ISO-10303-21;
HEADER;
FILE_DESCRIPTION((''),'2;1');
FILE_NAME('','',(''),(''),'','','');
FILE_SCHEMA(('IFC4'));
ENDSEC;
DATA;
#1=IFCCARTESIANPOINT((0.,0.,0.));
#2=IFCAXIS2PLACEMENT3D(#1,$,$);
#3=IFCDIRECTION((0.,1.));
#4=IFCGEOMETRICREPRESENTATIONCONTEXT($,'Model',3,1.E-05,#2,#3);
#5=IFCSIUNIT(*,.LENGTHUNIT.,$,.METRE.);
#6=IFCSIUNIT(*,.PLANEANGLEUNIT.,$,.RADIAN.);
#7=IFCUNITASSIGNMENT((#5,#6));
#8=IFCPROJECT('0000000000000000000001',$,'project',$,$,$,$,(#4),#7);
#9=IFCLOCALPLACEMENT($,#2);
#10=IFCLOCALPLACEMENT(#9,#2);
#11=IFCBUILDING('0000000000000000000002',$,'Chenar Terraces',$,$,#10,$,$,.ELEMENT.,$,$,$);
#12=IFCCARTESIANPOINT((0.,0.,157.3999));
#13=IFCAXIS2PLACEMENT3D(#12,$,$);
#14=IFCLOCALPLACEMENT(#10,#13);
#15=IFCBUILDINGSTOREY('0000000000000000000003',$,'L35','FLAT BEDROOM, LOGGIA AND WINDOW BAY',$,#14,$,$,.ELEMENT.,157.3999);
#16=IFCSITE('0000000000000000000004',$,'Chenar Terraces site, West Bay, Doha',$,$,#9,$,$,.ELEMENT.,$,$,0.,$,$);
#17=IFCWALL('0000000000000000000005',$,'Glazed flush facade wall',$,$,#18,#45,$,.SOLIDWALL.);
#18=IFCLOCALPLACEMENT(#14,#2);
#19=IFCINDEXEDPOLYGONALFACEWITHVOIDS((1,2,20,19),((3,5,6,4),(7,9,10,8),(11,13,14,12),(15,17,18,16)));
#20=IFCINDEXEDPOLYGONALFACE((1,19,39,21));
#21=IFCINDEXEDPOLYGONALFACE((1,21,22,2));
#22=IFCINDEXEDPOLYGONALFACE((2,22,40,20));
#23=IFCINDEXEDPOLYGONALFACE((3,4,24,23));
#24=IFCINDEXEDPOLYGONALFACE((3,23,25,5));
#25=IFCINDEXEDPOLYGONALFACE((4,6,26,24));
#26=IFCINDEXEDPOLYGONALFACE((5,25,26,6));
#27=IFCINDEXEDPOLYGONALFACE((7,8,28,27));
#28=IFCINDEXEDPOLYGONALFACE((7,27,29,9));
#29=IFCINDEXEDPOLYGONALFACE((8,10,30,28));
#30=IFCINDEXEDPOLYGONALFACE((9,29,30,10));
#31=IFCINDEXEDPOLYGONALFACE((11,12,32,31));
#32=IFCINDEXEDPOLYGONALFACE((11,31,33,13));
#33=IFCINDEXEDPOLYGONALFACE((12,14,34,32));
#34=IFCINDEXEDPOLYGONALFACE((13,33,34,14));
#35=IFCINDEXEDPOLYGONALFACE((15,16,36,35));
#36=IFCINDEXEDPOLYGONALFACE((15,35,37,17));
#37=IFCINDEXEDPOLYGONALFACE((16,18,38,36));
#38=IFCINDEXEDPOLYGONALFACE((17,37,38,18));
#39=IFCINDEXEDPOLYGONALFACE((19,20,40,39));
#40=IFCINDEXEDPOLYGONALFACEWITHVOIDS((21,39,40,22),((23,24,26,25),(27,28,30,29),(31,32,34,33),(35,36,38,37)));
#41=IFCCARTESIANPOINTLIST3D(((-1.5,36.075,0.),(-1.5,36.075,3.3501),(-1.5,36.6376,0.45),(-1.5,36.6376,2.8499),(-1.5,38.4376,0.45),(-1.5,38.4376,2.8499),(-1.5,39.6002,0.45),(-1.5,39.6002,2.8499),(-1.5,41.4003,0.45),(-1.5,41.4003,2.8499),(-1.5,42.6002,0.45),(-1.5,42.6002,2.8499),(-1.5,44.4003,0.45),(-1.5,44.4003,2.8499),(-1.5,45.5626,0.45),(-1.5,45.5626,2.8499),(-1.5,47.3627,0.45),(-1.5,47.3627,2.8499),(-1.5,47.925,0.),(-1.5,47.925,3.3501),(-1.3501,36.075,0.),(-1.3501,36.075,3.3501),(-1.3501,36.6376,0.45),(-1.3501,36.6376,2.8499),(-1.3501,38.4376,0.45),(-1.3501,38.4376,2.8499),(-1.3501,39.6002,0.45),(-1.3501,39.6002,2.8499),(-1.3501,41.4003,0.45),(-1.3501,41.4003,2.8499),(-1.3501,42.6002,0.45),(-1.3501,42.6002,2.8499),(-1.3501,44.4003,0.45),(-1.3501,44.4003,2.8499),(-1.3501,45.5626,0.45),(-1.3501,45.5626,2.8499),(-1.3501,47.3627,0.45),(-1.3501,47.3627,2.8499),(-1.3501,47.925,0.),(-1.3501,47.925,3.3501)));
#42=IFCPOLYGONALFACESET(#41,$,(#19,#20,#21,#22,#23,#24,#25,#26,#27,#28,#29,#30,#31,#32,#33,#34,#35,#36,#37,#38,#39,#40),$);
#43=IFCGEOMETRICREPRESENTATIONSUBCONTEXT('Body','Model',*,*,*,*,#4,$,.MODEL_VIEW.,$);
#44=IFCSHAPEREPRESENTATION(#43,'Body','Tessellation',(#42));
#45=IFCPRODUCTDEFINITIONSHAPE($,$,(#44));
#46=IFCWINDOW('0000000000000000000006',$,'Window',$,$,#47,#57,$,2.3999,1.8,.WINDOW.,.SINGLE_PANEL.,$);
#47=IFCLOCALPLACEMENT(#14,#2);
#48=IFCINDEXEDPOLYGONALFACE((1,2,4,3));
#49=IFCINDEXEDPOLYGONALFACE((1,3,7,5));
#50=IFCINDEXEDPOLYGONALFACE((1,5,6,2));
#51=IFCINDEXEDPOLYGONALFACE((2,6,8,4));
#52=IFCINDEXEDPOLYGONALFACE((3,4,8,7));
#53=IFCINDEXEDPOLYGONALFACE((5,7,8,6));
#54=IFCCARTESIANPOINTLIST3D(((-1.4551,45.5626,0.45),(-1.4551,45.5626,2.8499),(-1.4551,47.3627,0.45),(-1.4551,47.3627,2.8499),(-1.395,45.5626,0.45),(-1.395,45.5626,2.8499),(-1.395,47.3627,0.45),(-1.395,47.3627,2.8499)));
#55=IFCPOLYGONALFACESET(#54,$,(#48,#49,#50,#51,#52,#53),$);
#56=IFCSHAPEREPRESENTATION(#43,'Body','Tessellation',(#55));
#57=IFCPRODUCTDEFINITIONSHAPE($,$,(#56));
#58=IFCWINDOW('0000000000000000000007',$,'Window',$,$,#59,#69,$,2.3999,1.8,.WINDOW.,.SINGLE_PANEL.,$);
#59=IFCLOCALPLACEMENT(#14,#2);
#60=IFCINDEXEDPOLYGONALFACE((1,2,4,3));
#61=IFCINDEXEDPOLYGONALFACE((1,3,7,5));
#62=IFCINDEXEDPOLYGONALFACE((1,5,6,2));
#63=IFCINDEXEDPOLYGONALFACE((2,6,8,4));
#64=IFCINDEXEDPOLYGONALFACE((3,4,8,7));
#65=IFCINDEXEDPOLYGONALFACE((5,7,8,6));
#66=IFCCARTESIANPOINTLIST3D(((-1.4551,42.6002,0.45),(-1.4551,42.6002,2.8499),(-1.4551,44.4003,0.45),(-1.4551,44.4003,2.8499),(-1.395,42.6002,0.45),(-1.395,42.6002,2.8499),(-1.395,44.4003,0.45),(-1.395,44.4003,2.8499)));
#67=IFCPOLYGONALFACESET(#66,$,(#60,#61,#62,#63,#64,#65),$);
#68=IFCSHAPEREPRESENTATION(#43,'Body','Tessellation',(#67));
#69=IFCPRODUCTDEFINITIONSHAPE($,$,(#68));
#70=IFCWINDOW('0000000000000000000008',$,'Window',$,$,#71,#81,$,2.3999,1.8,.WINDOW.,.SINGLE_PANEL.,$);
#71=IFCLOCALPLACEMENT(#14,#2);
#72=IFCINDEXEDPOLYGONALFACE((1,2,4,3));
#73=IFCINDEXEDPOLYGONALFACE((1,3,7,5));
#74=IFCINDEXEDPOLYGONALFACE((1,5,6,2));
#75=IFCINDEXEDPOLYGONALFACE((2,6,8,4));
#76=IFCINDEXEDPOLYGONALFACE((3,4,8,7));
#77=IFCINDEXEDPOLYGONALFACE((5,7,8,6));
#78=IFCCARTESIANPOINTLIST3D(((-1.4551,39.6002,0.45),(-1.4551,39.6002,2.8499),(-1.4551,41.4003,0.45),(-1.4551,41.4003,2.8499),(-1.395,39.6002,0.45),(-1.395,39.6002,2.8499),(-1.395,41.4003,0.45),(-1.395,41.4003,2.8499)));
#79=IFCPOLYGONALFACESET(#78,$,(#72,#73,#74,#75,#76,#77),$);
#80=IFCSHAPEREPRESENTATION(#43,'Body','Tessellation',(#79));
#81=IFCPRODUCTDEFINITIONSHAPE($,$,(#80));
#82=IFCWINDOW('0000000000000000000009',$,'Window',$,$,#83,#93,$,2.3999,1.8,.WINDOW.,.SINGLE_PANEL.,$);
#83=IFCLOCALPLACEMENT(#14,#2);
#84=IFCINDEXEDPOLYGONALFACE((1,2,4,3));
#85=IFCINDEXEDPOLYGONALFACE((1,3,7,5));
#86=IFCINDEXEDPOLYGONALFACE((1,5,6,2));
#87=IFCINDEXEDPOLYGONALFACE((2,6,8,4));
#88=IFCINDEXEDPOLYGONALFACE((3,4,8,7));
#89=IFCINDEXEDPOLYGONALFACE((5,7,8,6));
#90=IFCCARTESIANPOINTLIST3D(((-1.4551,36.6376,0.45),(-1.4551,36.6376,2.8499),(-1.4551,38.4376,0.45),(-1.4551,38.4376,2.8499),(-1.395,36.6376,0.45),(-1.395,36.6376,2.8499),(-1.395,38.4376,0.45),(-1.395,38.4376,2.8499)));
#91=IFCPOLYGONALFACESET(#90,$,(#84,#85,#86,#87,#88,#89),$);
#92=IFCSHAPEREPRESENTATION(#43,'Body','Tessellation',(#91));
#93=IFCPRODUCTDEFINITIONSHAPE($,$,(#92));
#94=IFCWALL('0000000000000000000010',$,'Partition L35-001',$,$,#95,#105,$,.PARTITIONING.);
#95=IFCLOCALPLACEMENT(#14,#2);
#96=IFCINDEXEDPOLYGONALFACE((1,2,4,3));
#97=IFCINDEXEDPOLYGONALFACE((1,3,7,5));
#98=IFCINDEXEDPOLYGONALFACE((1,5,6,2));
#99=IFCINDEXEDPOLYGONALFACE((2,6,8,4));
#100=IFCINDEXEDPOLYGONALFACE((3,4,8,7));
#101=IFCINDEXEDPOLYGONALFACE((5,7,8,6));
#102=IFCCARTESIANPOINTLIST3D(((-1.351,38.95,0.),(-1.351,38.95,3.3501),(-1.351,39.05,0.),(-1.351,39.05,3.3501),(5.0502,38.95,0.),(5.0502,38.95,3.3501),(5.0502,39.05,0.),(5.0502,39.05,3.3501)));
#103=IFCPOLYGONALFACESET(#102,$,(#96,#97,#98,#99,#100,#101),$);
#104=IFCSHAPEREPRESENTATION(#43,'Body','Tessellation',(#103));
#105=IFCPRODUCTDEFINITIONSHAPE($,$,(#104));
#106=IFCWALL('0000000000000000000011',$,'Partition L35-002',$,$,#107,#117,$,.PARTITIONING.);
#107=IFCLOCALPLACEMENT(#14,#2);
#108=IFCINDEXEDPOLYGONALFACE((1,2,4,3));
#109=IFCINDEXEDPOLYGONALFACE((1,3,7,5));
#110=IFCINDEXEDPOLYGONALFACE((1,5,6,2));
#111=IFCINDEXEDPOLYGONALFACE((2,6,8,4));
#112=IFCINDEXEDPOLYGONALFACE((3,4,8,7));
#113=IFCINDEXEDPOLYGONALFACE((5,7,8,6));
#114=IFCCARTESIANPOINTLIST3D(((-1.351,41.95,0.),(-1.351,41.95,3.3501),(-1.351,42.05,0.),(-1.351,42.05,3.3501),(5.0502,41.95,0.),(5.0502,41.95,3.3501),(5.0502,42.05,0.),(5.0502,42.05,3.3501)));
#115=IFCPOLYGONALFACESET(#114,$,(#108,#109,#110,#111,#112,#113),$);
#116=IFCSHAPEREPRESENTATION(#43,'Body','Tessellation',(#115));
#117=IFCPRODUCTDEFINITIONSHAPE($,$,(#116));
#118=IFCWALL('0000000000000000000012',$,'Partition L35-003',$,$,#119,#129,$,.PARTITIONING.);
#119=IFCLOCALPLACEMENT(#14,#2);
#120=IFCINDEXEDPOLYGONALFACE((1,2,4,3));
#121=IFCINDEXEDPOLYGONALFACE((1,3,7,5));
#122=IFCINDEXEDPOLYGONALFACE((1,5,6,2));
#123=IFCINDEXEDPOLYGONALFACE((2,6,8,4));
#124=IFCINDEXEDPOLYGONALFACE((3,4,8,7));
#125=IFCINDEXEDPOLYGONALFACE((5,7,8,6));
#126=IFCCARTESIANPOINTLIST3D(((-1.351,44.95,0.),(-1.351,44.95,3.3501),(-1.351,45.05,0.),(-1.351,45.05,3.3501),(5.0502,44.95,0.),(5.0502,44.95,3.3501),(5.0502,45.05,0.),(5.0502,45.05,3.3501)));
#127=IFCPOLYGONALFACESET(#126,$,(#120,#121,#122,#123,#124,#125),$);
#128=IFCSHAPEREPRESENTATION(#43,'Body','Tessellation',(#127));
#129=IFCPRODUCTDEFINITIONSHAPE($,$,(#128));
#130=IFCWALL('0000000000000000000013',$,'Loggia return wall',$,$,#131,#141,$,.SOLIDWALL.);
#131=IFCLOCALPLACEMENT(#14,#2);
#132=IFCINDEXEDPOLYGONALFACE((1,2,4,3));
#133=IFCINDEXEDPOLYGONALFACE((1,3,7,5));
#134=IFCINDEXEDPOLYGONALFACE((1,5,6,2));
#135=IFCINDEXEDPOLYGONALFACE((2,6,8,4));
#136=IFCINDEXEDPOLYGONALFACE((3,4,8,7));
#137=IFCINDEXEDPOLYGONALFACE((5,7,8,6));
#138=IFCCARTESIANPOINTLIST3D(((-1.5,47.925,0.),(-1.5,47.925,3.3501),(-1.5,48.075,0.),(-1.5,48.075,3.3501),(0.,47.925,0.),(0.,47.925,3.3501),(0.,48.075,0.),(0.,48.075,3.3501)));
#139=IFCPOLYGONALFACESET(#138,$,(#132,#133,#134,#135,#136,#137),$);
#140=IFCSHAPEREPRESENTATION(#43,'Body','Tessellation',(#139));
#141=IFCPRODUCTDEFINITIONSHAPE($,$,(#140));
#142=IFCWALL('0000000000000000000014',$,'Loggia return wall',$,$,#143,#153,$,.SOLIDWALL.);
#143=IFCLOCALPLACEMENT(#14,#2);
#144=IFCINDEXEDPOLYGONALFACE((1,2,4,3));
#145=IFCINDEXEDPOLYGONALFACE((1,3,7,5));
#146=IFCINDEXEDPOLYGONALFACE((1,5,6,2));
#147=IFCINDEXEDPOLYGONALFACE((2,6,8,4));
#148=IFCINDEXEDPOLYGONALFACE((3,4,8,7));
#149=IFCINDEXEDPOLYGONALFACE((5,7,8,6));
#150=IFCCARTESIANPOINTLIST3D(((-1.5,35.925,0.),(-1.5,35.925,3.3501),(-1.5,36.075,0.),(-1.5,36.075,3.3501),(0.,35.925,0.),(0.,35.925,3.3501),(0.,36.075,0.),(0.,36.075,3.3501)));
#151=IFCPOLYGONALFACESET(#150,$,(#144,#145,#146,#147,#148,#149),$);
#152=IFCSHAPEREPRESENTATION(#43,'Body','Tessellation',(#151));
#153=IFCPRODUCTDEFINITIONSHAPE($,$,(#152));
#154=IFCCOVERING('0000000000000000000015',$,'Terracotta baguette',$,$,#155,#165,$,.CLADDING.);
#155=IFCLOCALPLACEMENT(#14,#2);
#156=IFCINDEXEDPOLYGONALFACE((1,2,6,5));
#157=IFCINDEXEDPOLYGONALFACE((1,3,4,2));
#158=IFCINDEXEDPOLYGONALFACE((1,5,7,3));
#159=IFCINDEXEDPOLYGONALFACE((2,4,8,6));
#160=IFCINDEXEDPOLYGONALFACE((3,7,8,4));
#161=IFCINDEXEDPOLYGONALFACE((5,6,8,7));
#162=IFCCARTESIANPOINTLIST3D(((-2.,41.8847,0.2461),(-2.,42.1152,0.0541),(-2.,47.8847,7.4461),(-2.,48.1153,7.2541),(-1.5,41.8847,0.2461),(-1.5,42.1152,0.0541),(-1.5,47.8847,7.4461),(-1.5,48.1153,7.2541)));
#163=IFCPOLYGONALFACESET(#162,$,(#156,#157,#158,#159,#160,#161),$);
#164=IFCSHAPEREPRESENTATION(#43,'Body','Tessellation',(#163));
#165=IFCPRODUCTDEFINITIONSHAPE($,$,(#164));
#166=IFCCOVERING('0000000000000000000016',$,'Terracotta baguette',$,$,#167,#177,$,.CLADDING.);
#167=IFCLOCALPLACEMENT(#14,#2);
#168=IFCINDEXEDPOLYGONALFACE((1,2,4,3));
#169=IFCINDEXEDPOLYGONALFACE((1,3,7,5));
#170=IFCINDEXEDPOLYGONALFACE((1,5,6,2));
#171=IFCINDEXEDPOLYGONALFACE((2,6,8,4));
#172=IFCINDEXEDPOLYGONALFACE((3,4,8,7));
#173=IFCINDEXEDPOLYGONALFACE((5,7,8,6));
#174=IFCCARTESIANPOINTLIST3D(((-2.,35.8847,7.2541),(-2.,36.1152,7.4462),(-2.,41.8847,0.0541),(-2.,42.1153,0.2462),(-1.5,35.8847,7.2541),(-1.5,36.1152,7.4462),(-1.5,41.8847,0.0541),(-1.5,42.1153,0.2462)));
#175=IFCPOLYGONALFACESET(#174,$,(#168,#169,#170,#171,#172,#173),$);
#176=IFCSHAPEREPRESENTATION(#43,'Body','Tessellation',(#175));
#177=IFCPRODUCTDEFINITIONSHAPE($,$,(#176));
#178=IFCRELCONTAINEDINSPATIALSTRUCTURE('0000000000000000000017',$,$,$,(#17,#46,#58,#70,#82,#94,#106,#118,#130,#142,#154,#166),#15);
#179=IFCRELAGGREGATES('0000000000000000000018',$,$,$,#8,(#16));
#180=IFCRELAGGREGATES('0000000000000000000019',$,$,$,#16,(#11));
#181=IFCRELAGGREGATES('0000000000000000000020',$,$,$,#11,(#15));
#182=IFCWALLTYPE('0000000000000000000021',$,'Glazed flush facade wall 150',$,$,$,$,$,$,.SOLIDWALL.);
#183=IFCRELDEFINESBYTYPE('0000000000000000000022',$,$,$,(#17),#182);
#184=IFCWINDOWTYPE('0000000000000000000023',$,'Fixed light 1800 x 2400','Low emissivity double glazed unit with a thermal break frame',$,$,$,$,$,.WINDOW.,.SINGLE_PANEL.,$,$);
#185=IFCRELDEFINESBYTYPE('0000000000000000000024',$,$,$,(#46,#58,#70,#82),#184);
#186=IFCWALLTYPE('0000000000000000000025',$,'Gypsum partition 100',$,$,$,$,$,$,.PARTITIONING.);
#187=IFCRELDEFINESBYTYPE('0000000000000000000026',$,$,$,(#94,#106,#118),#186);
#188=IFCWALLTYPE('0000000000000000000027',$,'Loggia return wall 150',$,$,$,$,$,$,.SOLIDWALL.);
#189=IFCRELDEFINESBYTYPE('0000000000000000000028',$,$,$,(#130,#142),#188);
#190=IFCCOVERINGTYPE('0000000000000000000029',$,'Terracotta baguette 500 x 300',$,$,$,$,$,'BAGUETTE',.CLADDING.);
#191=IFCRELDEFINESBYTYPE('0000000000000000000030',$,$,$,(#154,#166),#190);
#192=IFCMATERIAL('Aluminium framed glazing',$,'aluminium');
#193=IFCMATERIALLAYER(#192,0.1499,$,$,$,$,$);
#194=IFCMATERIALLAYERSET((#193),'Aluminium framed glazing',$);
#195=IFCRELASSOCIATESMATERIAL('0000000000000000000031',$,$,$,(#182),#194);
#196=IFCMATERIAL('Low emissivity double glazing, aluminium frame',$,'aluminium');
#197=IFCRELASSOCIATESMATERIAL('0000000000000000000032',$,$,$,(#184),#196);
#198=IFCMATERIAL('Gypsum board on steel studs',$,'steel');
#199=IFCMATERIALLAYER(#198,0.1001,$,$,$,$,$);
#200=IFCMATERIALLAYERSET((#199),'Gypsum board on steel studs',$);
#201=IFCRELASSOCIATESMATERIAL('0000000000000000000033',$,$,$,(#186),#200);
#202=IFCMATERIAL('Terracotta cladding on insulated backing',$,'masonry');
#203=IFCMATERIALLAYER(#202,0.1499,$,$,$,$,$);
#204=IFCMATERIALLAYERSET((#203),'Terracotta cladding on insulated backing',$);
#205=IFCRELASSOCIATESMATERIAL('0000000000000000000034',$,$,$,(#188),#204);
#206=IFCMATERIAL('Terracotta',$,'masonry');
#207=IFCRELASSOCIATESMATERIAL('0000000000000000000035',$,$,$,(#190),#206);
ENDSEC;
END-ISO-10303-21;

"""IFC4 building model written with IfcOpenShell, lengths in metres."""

from ifc_helpers import new_model, si_unit, direction, frame, frame_2d, origin, origin_2d, place, context, subcontext, project, spatial, rectangle, extrude, material, layer, layer_set, material_profile, profile_set, type_object, element, fill, save


model = new_model("IFC4")

# Units and contexts
model_context = context("Model", 3, precision=1e-05, world=origin(), true_north=direction((0.0, 1.0)))
body_context = subcontext(model_context, "Body", "Model", "MODEL_VIEW")
ifc_project = project(units=[si_unit("LENGTHUNIT", "METRE"), si_unit("PLANEANGLEUNIT", "RADIAN")], contexts=[model_context])

# Site, building, storey
site_placement = place(None, origin())
site = spatial("IfcSite", under=ifc_project, at=site_placement, Name="Chenar Terraces site, West Bay, Doha", CompositionType="ELEMENT", RefElevation=0.0)
building_placement = place(site_placement, origin())
building = spatial("IfcBuilding", under=site, at=building_placement, Name="Chenar Terraces", CompositionType="ELEMENT")
storey_placement = place(building_placement, frame((0.0, 0.0, 157.3999)))
storey = spatial("IfcBuildingStorey", under=building, at=storey_placement, Name="L35", Description="FLAT BEDROOM, LOGGIA AND WINDOW BAY", CompositionType="ELEMENT", Elevation=157.3999)

# Wall, openings, windows
ifc_material_1 = material(Name="Aluminium framed glazing", Category="aluminium")
ifc_layer_1 = layer(ifc_material_1, 0.1499)
ifc_layer_set_1 = layer_set([ifc_layer_1], Name="Aluminium framed glazing")
wall_type_1 = type_object("IfcWallType", Name="Glazed flush facade wall 150", PredefinedType="SOLIDWALL", material=ifc_layer_set_1)
wall_placement = place(storey_placement, frame((-1.425, 47.925, 0.0), z_axis=(0.0, 0.0, 1.0), x_axis=(0.0, -1.0, 0.0)))
wall = element("IfcWall", 1, at=wall_placement, inside=storey, type_object=wall_type_1, Name="Glazed flush facade wall", PredefinedType="SOLIDWALL", context=body_context, shape_type="SweptSolid", body=[
    extrude(rectangle(XDim=11.8501, YDim=0.1499, at=frame_2d((5.925, 0.0))), origin(), (0.0, 0.0, 1.0), 3.3501),
])
opening_1_placement = place(wall_placement, frame((0.5625, 0.0, 0.45)))
opening_1 = element("IfcOpeningElement", 2, at=opening_1_placement, cuts=wall, PredefinedType="OPENING", context=body_context, shape_type="SweptSolid", body=[
    extrude(rectangle(XDim=1.8, YDim=2.3999, at=frame_2d((0.8999, 1.2))), frame((0.0, 0.085, 0.0), z_axis=(0.0, -1.0, 0.0), x_axis=(1.0, 0.0, 0.0)), (0.0, 0.0, 1.0), 0.1699),
])
opening_2_placement = place(wall_placement, frame((3.5249, 0.0, 0.45)))
opening_2 = element("IfcOpeningElement", 3, at=opening_2_placement, cuts=wall, PredefinedType="OPENING", context=body_context, shape_type="SweptSolid", body=[
    extrude(rectangle(XDim=1.8, YDim=2.3999, at=frame_2d((0.8999, 1.2))), frame((0.0, 0.085, 0.0), z_axis=(0.0, -1.0, 0.0), x_axis=(1.0, 0.0, 0.0)), (0.0, 0.0, 1.0), 0.1699),
])
opening_3_placement = place(wall_placement, frame((6.5249, 0.0, 0.45)))
opening_3 = element("IfcOpeningElement", 4, at=opening_3_placement, cuts=wall, PredefinedType="OPENING", context=body_context, shape_type="SweptSolid", body=[
    extrude(rectangle(XDim=1.8, YDim=2.3999, at=frame_2d((0.8999, 1.2))), frame((0.0, 0.085, 0.0), z_axis=(0.0, -1.0, 0.0), x_axis=(1.0, 0.0, 0.0)), (0.0, 0.0, 1.0), 0.1699),
])
opening_4_placement = place(wall_placement, frame((9.4875, 0.0, 0.45)))
opening_4 = element("IfcOpeningElement", 5, at=opening_4_placement, cuts=wall, PredefinedType="OPENING", context=body_context, shape_type="SweptSolid", body=[
    extrude(rectangle(XDim=1.8, YDim=2.3999, at=frame_2d((0.8999, 1.2))), frame((0.0, 0.085, 0.0), z_axis=(0.0, -1.0, 0.0), x_axis=(1.0, 0.0, 0.0)), (0.0, 0.0, 1.0), 0.1699),
])
ifc_material_2 = material(Name="Low emissivity double glazing, aluminium frame", Category="aluminium")
window_type = type_object("IfcWindowType", Name="Fixed light 1800 x 2400", Description="Low emissivity double glazed unit with a thermal break frame", PartitioningType="SINGLE_PANEL", PredefinedType="WINDOW", material=ifc_material_2)
window_1_placement = place(opening_1_placement, origin())
window_1 = element("IfcWindow", 6, at=window_1_placement, inside=storey, type_object=window_type, Name="Window", OverallHeight=2.3999, OverallWidth=1.8, PartitioningType="SINGLE_PANEL", PredefinedType="WINDOW", context=body_context, shape_type="SweptSolid", body=[
    extrude(rectangle(XDim=1.8, YDim=2.3999, at=frame_2d((0.8999, 1.2))), frame((0.0, 0.03, 0.0), z_axis=(0.0, -1.0, 0.0), x_axis=(1.0, 0.0, 0.0)), (0.0, 0.0, 1.0), 0.0601),
])
fill(opening_1, window_1)
window_2_placement = place(opening_2_placement, origin())
window_2 = element("IfcWindow", 7, at=window_2_placement, inside=storey, type_object=window_type, Name="Window", OverallHeight=2.3999, OverallWidth=1.8, PartitioningType="SINGLE_PANEL", PredefinedType="WINDOW", context=body_context, shape_type="SweptSolid", body=[
    extrude(rectangle(XDim=1.8, YDim=2.3999, at=frame_2d((0.8999, 1.2))), frame((0.0, 0.03, 0.0), z_axis=(0.0, -1.0, 0.0), x_axis=(1.0, 0.0, 0.0)), (0.0, 0.0, 1.0), 0.0601),
])
fill(opening_2, window_2)
window_3_placement = place(opening_3_placement, origin())
window_3 = element("IfcWindow", 8, at=window_3_placement, inside=storey, type_object=window_type, Name="Window", OverallHeight=2.3999, OverallWidth=1.8, PartitioningType="SINGLE_PANEL", PredefinedType="WINDOW", context=body_context, shape_type="SweptSolid", body=[
    extrude(rectangle(XDim=1.8, YDim=2.3999, at=frame_2d((0.8999, 1.2))), frame((0.0, 0.03, 0.0), z_axis=(0.0, -1.0, 0.0), x_axis=(1.0, 0.0, 0.0)), (0.0, 0.0, 1.0), 0.0601),
])
fill(opening_3, window_3)
window_4_placement = place(opening_4_placement, origin())
window_4 = element("IfcWindow", 9, at=window_4_placement, inside=storey, type_object=window_type, Name="Window", OverallHeight=2.3999, OverallWidth=1.8, PartitioningType="SINGLE_PANEL", PredefinedType="WINDOW", context=body_context, shape_type="SweptSolid", body=[
    extrude(rectangle(XDim=1.8, YDim=2.3999, at=frame_2d((0.8999, 1.2))), frame((0.0, 0.03, 0.0), z_axis=(0.0, -1.0, 0.0), x_axis=(1.0, 0.0, 0.0)), (0.0, 0.0, 1.0), 0.0601),
])
fill(opening_4, window_4)

# Walls
ifc_material_3 = material(Name="Gypsum board on steel studs", Category="steel")
ifc_layer_2 = layer(ifc_material_3, 0.1001)
ifc_layer_set_2 = layer_set([ifc_layer_2], Name="Gypsum board on steel studs")
wall_type_2 = type_object("IfcWallType", Name="Gypsum partition 100", PredefinedType="PARTITIONING", material=ifc_layer_set_2)
for number, where, z_axis, x_axis, name in (
    (10, (-1.3511, 39.0, 0.0), (0.0, 0.0, 1.0), (1.0, 0.0, 0.0), "Partition L35-001"),
    (11, (-1.3511, 42.0, 0.0), (0.0, 0.0, 1.0), (1.0, 0.0, 0.0), "Partition L35-002"),
    (12, (-1.3511, 45.0, 0.0), (0.0, 0.0, 1.0), (1.0, 0.0, 0.0), "Partition L35-003"),
):
    element("IfcWall", number, at=place(storey_placement, frame(where, z_axis=z_axis, x_axis=x_axis)), inside=storey, type_object=wall_type_2, Name=name, PredefinedType="PARTITIONING", context=body_context, shape_type="SweptSolid", body=[
        extrude(rectangle(XDim=6.4011, YDim=0.1001, at=frame_2d((3.2007, 0.0))), origin(), (0.0, 0.0, 1.0), 3.3501),
    ])
ifc_material_4 = material(Name="Terracotta cladding on insulated backing", Category="masonry")
ifc_layer_3 = layer(ifc_material_4, 0.1499)
ifc_layer_set_3 = layer_set([ifc_layer_3], Name="Terracotta cladding on insulated backing")
wall_type_3 = type_object("IfcWallType", Name="Loggia return wall 150", PredefinedType="SOLIDWALL", material=ifc_layer_set_3)
for number, where, z_axis, x_axis, name in (
    (13, (-1.5, 48.0, 0.0), (0.0, 0.0, 1.0), (1.0, 0.0, 0.0), "Loggia return wall"),
    (14, (-1.5, 36.0, 0.0), (0.0, 0.0, 1.0), (1.0, 0.0, 0.0), "Loggia return wall"),
):
    element("IfcWall", number, at=place(storey_placement, frame(where, z_axis=z_axis, x_axis=x_axis)), inside=storey, type_object=wall_type_3, Name=name, PredefinedType="SOLIDWALL", context=body_context, shape_type="SweptSolid", body=[
        extrude(rectangle(XDim=1.5, YDim=0.1499, at=frame_2d((0.75, 0.0))), origin(), (0.0, 0.0, 1.0), 3.3501),
    ])

# Coverings
ifc_material_5 = material(Name="Terracotta", Category="masonry")
ifc_material_profile = material_profile(ifc_material_5, rectangle(XDim=0.5, YDim=0.3, at=origin_2d()), Name="Terracotta baguette 500 x 300")
ifc_profile_set = profile_set([ifc_material_profile], Name="Terracotta")
covering_type = type_object("IfcCoveringType", Name="Terracotta baguette 500 x 300", ElementType="BAGUETTE", PredefinedType="CLADDING", material=ifc_profile_set)
for number, where, z_axis, x_axis, name in (
    (15, (-1.75, 48.0, 7.3501), (0.0, -0.640187, -0.768219), (1.0, 0.0, 0.0), "Terracotta baguette"),
    (16, (-1.75, 42.0, 0.1501), (0.0, -0.640187, 0.768219), (1.0, 0.0, 0.0), "Terracotta baguette"),
):
    element("IfcCovering", number, at=place(storey_placement, frame(where, z_axis=z_axis, x_axis=x_axis)), inside=storey, type_object=covering_type, Name=name, PredefinedType="CLADDING", context=body_context, shape_type="SweptSolid", body=[
        extrude(rectangle(XDim=0.5, YDim=0.3, at=origin_2d()), origin(), (0.0, 0.0, 1.0), 9.3723),
    ])

save(model, "model.ifc")
